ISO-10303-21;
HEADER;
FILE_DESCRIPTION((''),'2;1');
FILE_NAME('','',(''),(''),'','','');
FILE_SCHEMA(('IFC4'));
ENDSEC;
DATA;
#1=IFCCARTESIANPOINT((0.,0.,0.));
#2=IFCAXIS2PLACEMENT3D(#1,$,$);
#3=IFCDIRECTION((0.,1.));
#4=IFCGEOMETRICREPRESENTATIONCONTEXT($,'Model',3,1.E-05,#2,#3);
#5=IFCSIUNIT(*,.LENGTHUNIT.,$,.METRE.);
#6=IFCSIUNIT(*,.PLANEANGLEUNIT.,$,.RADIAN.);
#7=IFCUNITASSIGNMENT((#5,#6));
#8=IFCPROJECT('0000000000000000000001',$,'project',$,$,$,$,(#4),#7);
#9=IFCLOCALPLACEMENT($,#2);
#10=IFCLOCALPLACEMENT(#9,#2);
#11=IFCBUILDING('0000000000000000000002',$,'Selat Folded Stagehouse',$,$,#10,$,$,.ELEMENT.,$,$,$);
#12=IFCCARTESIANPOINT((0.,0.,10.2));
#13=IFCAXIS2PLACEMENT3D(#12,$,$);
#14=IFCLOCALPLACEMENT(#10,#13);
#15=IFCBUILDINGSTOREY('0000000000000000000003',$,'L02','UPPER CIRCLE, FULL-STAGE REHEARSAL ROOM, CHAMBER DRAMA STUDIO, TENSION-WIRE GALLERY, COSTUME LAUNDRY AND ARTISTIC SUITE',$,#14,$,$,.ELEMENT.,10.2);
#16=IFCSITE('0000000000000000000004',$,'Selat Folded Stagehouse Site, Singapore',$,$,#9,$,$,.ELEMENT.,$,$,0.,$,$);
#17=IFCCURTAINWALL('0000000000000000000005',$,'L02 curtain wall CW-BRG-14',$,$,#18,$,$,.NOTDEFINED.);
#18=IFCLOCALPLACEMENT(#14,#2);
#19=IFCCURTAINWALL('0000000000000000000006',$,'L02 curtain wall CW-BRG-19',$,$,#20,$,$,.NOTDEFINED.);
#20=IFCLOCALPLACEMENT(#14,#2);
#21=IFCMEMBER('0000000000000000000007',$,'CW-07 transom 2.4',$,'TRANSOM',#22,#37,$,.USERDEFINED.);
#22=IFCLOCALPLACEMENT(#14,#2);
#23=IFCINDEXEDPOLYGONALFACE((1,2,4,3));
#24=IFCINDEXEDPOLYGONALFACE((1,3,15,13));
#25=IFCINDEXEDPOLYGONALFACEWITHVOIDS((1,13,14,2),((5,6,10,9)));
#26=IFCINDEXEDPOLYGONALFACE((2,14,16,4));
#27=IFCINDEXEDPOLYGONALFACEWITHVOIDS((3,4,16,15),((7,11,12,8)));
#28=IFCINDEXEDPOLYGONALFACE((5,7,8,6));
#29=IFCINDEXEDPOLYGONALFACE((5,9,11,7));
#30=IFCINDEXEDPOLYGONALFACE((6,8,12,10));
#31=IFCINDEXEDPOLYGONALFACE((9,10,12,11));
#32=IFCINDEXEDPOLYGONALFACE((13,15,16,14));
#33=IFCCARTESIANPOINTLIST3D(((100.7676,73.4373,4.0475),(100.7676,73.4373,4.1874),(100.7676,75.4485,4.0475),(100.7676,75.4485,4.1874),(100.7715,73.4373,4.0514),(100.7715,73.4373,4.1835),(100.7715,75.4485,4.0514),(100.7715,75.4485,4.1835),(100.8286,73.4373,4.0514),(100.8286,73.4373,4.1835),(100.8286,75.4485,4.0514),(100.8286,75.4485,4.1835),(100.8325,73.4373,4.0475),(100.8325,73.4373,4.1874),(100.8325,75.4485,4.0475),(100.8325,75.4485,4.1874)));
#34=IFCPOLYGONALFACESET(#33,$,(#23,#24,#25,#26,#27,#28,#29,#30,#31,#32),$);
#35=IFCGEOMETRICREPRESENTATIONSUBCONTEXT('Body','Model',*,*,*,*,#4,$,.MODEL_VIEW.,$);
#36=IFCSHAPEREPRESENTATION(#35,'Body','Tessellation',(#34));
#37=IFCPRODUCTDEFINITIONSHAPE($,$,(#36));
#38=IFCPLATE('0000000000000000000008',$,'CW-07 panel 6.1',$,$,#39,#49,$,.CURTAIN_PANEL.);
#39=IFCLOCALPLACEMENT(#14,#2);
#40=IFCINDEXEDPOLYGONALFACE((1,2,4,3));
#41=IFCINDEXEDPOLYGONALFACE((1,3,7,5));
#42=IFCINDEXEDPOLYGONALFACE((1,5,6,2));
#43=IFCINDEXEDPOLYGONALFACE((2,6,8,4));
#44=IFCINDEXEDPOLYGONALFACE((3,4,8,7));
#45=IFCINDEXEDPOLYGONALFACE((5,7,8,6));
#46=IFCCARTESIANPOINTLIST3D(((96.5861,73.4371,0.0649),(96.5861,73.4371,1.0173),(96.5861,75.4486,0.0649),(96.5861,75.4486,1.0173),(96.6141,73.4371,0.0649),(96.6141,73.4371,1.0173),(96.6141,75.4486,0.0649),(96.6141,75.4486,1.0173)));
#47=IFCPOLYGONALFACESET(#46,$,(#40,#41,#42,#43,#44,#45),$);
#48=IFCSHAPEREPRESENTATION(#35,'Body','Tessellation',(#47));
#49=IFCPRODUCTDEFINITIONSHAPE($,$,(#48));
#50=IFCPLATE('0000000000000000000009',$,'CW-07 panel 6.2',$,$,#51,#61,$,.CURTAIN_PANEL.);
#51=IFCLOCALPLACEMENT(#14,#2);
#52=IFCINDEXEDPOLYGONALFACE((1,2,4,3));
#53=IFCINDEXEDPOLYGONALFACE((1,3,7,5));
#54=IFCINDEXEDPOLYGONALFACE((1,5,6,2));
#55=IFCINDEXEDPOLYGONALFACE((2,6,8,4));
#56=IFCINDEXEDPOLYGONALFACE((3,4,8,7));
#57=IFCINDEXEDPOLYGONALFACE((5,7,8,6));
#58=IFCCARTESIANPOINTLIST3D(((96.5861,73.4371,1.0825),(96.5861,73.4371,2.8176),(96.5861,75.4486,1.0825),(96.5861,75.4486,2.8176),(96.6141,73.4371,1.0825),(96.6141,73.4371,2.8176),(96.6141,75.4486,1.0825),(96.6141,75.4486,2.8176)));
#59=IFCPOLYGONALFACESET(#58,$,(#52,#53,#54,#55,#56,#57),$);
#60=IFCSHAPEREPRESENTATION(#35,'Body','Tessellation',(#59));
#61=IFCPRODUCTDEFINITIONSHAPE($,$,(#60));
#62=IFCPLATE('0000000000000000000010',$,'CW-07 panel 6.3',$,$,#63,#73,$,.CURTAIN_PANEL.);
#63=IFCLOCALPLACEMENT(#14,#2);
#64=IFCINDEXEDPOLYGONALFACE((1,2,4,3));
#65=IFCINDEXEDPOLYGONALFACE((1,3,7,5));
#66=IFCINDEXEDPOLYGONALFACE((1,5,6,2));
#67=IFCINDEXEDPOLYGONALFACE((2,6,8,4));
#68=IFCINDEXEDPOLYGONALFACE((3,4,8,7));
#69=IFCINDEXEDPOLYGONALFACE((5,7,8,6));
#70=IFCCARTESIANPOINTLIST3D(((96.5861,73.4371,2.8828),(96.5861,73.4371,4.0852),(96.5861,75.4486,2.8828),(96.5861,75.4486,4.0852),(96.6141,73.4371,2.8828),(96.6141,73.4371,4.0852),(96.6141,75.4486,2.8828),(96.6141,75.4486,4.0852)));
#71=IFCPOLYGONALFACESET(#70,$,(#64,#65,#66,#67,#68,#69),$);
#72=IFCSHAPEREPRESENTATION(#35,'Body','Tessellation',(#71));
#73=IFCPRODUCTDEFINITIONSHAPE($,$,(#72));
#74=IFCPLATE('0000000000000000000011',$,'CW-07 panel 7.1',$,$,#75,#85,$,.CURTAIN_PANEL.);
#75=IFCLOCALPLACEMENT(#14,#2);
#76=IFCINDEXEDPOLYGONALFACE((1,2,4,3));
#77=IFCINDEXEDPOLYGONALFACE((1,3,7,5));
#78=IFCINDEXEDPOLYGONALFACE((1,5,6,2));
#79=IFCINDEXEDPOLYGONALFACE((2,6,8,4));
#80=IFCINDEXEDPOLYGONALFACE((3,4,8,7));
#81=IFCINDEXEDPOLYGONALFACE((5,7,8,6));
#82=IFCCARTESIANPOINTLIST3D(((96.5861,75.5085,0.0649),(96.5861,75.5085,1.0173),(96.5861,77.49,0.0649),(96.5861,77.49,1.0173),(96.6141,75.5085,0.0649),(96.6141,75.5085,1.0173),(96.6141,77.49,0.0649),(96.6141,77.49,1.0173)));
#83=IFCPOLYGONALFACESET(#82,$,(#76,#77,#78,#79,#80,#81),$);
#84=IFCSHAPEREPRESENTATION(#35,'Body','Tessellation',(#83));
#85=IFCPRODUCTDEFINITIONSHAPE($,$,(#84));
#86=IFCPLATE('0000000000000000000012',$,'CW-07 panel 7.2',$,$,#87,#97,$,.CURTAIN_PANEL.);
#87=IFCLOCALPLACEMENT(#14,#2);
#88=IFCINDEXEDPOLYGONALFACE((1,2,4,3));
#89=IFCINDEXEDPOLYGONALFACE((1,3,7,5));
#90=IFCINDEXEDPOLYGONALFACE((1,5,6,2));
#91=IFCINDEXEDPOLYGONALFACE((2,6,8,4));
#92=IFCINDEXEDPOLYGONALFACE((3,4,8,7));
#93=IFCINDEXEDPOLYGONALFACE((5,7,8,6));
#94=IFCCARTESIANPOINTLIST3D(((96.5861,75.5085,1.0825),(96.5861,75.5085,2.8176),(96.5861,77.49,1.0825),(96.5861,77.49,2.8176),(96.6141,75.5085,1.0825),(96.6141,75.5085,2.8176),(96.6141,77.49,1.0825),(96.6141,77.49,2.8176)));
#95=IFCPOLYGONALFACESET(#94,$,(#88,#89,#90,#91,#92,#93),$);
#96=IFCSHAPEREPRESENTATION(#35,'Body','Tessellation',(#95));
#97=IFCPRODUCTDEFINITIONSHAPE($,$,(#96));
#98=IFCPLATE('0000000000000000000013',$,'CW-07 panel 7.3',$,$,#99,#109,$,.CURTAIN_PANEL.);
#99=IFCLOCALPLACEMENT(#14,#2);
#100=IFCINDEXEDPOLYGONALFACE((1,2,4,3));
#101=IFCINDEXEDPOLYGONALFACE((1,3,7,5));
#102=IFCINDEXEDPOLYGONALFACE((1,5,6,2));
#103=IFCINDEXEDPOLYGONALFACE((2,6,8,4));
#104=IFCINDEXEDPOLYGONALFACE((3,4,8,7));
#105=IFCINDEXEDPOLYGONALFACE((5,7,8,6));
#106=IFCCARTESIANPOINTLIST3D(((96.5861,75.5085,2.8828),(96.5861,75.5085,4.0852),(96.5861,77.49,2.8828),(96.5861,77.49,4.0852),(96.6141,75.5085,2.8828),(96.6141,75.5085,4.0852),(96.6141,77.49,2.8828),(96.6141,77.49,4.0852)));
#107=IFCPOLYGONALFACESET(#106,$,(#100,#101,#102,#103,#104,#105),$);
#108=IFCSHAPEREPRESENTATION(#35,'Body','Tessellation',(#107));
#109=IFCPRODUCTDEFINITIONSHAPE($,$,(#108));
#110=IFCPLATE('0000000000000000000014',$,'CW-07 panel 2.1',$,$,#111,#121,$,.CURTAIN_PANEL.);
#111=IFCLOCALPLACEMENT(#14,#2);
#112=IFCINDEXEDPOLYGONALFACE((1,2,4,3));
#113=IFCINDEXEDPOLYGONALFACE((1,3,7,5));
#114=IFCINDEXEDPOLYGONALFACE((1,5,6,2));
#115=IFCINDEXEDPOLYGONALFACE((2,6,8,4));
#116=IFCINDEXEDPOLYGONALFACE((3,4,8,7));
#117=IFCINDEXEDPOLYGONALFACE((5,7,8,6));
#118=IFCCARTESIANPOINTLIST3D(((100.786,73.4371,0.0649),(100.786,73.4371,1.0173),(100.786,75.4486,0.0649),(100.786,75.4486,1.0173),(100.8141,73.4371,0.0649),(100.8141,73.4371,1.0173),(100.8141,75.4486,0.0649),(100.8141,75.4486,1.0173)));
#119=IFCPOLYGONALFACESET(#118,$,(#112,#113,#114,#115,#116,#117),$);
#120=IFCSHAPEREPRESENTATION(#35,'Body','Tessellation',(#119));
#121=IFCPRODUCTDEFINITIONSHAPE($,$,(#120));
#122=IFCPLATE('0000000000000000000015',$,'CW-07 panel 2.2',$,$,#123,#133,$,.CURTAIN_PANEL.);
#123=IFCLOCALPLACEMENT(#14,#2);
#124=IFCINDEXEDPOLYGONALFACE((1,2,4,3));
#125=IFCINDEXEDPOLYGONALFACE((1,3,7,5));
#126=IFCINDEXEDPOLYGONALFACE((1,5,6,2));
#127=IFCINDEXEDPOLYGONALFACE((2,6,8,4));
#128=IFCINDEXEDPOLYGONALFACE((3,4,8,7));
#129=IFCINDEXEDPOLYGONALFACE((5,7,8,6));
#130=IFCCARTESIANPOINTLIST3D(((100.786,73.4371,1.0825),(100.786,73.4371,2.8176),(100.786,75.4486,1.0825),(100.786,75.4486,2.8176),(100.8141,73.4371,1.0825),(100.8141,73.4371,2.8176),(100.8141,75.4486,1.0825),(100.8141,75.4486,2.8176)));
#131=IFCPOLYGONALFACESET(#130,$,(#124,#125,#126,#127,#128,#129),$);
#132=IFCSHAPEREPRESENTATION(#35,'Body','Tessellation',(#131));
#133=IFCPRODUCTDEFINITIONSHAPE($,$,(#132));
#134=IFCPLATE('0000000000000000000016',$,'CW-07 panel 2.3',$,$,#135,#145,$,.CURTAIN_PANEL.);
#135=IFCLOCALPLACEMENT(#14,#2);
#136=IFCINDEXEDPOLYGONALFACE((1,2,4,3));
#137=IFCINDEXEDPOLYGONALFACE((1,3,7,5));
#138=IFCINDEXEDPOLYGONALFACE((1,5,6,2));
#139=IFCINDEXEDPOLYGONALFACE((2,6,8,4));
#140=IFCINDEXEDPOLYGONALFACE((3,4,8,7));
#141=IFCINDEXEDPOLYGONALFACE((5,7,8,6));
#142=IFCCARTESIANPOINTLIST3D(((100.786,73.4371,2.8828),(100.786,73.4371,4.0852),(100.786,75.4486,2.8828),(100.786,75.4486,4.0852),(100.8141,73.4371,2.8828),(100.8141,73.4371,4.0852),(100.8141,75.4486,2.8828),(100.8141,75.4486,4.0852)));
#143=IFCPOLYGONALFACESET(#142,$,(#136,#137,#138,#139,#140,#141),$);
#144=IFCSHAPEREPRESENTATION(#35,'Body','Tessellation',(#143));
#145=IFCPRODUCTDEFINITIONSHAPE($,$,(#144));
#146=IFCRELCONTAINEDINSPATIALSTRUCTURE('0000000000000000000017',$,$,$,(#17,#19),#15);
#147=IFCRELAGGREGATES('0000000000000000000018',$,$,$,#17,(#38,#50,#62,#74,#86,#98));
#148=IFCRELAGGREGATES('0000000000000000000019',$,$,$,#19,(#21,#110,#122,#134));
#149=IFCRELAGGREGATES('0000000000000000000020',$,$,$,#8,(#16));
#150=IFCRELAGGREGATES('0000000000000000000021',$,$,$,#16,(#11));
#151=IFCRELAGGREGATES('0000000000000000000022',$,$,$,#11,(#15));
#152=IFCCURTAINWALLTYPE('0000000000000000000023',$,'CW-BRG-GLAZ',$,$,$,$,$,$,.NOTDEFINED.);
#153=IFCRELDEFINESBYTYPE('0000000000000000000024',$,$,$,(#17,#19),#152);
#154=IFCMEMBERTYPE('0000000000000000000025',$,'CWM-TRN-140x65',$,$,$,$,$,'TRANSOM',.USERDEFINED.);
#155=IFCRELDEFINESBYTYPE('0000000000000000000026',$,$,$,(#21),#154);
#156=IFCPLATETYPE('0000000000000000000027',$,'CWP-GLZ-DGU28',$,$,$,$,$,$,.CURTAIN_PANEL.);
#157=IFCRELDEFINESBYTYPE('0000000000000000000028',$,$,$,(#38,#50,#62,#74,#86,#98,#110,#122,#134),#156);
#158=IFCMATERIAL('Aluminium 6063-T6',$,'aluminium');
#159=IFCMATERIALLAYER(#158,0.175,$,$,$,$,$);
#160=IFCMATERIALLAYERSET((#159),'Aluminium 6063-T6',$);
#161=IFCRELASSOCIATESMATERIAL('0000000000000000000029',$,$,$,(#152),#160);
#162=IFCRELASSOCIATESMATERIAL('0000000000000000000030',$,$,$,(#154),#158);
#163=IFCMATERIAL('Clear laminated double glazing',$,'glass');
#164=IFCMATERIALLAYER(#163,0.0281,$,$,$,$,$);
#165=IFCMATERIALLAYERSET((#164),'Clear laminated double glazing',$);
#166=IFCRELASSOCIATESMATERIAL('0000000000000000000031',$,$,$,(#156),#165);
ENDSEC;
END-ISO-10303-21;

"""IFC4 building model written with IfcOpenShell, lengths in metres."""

from ifc_helpers import new_model, si_unit, direction, frame, origin, origin_2d, place, context, subcontext, project, spatial, rectangle, hollow_rectangle, extrude, material, layer, layer_set, material_profile, profile_set, type_object, element, aggregate, save


model = new_model("IFC4")

# Units and contexts
model_context = context("Model", 3, precision=1e-05, world=origin(), true_north=direction((0.0, 1.0)))
body_context = subcontext(model_context, "Body", "Model", "MODEL_VIEW")
ifc_project = project(units=[si_unit("LENGTHUNIT", "METRE"), si_unit("PLANEANGLEUNIT", "RADIAN")], contexts=[model_context])

# Site, building, storey
site_placement = place(None, origin())
site = spatial("IfcSite", under=ifc_project, at=site_placement, Name="Selat Folded Stagehouse Site, Singapore", CompositionType="ELEMENT", RefElevation=0.0)
building_placement = place(site_placement, origin())
building = spatial("IfcBuilding", under=site, at=building_placement, Name="Selat Folded Stagehouse", CompositionType="ELEMENT")
storey_placement = place(building_placement, frame((0.0, 0.0, 10.2)))
storey = spatial("IfcBuildingStorey", under=building, at=storey_placement, Name="L02", Description="UPPER CIRCLE, FULL-STAGE REHEARSAL ROOM, CHAMBER DRAMA STUDIO, TENSION-WIRE GALLERY, COSTUME LAUNDRY AND ARTISTIC SUITE", CompositionType="ELEMENT", Elevation=10.2)

# Curtain walls
ifc_material_1 = material(Name="Aluminium 6063-T6", Category="aluminium")
ifc_layer_1 = layer(ifc_material_1, 0.175)
ifc_layer_set_1 = layer_set([ifc_layer_1], Name="Aluminium 6063-T6")
curtain_wall_type = type_object("IfcCurtainWallType", Name="CW-BRG-GLAZ", PredefinedType="NOTDEFINED", material=ifc_layer_set_1)
curtain_wall_1_placement = place(storey_placement, origin())
curtain_wall_1 = element("IfcCurtainWall", 1, at=curtain_wall_1_placement, inside=storey, type_object=curtain_wall_type, Name="L02 curtain wall CW-BRG-14", PredefinedType="NOTDEFINED")
curtain_wall_2_placement = place(storey_placement, origin())
curtain_wall_2 = element("IfcCurtainWall", 2, at=curtain_wall_2_placement, inside=storey, type_object=curtain_wall_type, Name="L02 curtain wall CW-BRG-19", PredefinedType="NOTDEFINED")

# Member
ifc_material_profile_1 = material_profile(ifc_material_1, hollow_rectangle(XDim=0.0649, YDim=0.1399, WallThickness=0.0039, at=origin_2d()), Name="ALU 140x65x4.0")
ifc_profile_set_1 = profile_set([ifc_material_profile_1], Name="Aluminium 6063-T6")
member_type_1 = type_object("IfcMemberType", Name="CWM-TRN-140x65", ElementType="TRANSOM", PredefinedType="USERDEFINED", material=ifc_profile_set_1)
member_1_placement = place(storey_placement, frame((100.8, 75.4485, 4.1174), z_axis=(0.0, -1.0, 0.0), x_axis=(1.0, 0.0, 0.0)))
member_1 = element("IfcMember", 3, at=member_1_placement, type_object=member_type_1, Name="CW-07 transom 2.4", ObjectType="TRANSOM", PredefinedType="USERDEFINED", context=body_context, shape_type="SweptSolid", body=[
    extrude(hollow_rectangle(XDim=0.0649, YDim=0.1399, WallThickness=0.0039, at=origin_2d()), origin(), (0.0, 0.0, 1.0), 2.0112),
])

# Plates
ifc_material_2 = material(Name="Clear laminated double glazing", Category="glass")
ifc_layer_2 = layer(ifc_material_2, 0.0281)
ifc_layer_set_2 = layer_set([ifc_layer_2], Name="Clear laminated double glazing")
plate_type = type_object("IfcPlateType", Name="CWP-GLZ-DGU28", PredefinedType="CURTAIN_PANEL", material=ifc_layer_set_2)
plate_1_placement = place(storey_placement, frame((96.6001, 74.4429, 0.0649), z_axis=(0.0, 0.0, 1.0), x_axis=(0.0, 1.0, 0.0)))
plate_1 = element("IfcPlate", 4, at=plate_1_placement, type_object=plate_type, Name="CW-07 panel 6.1", PredefinedType="CURTAIN_PANEL", context=body_context, shape_type="SweptSolid", body=[
    extrude(rectangle(XDim=2.0115, YDim=0.0281, at=origin_2d()), origin(), (0.0, 0.0, 1.0), 0.9524),
])
plate_2_placement = place(storey_placement, frame((96.6001, 74.4429, 1.0825), z_axis=(0.0, 0.0, 1.0), x_axis=(0.0, 1.0, 0.0)))
plate_2 = element("IfcPlate", 5, at=plate_2_placement, type_object=plate_type, Name="CW-07 panel 6.2", PredefinedType="CURTAIN_PANEL", context=body_context, shape_type="SweptSolid", body=[
    extrude(rectangle(XDim=2.0115, YDim=0.0281, at=origin_2d()), origin(), (0.0, 0.0, 1.0), 1.7351),
])
plate_3_placement = place(storey_placement, frame((96.6001, 74.4429, 2.8828), z_axis=(0.0, 0.0, 1.0), x_axis=(0.0, 1.0, 0.0)))
plate_3 = element("IfcPlate", 6, at=plate_3_placement, type_object=plate_type, Name="CW-07 panel 6.3", PredefinedType="CURTAIN_PANEL", context=body_context, shape_type="SweptSolid", body=[
    extrude(rectangle(XDim=2.0115, YDim=0.0281, at=origin_2d()), origin(), (0.0, 0.0, 1.0), 1.2024),
])
plate_4_placement = place(storey_placement, frame((96.6001, 76.4993, 0.0649), z_axis=(0.0, 0.0, 1.0), x_axis=(0.0, 1.0, 0.0)))
plate_4 = element("IfcPlate", 7, at=plate_4_placement, type_object=plate_type, Name="CW-07 panel 7.1", PredefinedType="CURTAIN_PANEL", context=body_context, shape_type="SweptSolid", body=[
    extrude(rectangle(XDim=1.9814, YDim=0.0281, at=origin_2d()), origin(), (0.0, 0.0, 1.0), 0.9524),
])
plate_5_placement = place(storey_placement, frame((96.6001, 76.4993, 1.0825), z_axis=(0.0, 0.0, 1.0), x_axis=(0.0, 1.0, 0.0)))
plate_5 = element("IfcPlate", 8, at=plate_5_placement, type_object=plate_type, Name="CW-07 panel 7.2", PredefinedType="CURTAIN_PANEL", context=body_context, shape_type="SweptSolid", body=[
    extrude(rectangle(XDim=1.9814, YDim=0.0281, at=origin_2d()), origin(), (0.0, 0.0, 1.0), 1.7351),
])
plate_6_placement = place(storey_placement, frame((96.6001, 76.4993, 2.8828), z_axis=(0.0, 0.0, 1.0), x_axis=(0.0, 1.0, 0.0)))
plate_6 = element("IfcPlate", 9, at=plate_6_placement, type_object=plate_type, Name="CW-07 panel 7.3", PredefinedType="CURTAIN_PANEL", context=body_context, shape_type="SweptSolid", body=[
    extrude(rectangle(XDim=1.9814, YDim=0.0281, at=origin_2d()), origin(), (0.0, 0.0, 1.0), 1.2024),
])
aggregate(curtain_wall_1, [plate_1, plate_2, plate_3, plate_4, plate_5, plate_6])
plate_7_placement = place(storey_placement, frame((100.8, 74.4429, 0.0649), z_axis=(0.0, 0.0, 1.0), x_axis=(0.0, -1.0, 0.0)))
plate_7 = element("IfcPlate", 10, at=plate_7_placement, type_object=plate_type, Name="CW-07 panel 2.1", PredefinedType="CURTAIN_PANEL", context=body_context, shape_type="SweptSolid", body=[
    extrude(rectangle(XDim=2.0115, YDim=0.0281, at=origin_2d()), origin(), (0.0, 0.0, 1.0), 0.9524),
])
plate_8_placement = place(storey_placement, frame((100.8, 74.4429, 1.0825), z_axis=(0.0, 0.0, 1.0), x_axis=(0.0, -1.0, 0.0)))
plate_8 = element("IfcPlate", 11, at=plate_8_placement, type_object=plate_type, Name="CW-07 panel 2.2", PredefinedType="CURTAIN_PANEL", context=body_context, shape_type="SweptSolid", body=[
    extrude(rectangle(XDim=2.0115, YDim=0.0281, at=origin_2d()), origin(), (0.0, 0.0, 1.0), 1.7351),
])
plate_9_placement = place(storey_placement, frame((100.8, 74.4429, 2.8828), z_axis=(0.0, 0.0, 1.0), x_axis=(0.0, -1.0, 0.0)))
plate_9 = element("IfcPlate", 12, at=plate_9_placement, type_object=plate_type, Name="CW-07 panel 2.3", PredefinedType="CURTAIN_PANEL", context=body_context, shape_type="SweptSolid", body=[
    extrude(rectangle(XDim=2.0115, YDim=0.0281, at=origin_2d()), origin(), (0.0, 0.0, 1.0), 1.2024),
])
aggregate(curtain_wall_2, [member_1, plate_7, plate_8, plate_9])

save(model, "model.ifc")
